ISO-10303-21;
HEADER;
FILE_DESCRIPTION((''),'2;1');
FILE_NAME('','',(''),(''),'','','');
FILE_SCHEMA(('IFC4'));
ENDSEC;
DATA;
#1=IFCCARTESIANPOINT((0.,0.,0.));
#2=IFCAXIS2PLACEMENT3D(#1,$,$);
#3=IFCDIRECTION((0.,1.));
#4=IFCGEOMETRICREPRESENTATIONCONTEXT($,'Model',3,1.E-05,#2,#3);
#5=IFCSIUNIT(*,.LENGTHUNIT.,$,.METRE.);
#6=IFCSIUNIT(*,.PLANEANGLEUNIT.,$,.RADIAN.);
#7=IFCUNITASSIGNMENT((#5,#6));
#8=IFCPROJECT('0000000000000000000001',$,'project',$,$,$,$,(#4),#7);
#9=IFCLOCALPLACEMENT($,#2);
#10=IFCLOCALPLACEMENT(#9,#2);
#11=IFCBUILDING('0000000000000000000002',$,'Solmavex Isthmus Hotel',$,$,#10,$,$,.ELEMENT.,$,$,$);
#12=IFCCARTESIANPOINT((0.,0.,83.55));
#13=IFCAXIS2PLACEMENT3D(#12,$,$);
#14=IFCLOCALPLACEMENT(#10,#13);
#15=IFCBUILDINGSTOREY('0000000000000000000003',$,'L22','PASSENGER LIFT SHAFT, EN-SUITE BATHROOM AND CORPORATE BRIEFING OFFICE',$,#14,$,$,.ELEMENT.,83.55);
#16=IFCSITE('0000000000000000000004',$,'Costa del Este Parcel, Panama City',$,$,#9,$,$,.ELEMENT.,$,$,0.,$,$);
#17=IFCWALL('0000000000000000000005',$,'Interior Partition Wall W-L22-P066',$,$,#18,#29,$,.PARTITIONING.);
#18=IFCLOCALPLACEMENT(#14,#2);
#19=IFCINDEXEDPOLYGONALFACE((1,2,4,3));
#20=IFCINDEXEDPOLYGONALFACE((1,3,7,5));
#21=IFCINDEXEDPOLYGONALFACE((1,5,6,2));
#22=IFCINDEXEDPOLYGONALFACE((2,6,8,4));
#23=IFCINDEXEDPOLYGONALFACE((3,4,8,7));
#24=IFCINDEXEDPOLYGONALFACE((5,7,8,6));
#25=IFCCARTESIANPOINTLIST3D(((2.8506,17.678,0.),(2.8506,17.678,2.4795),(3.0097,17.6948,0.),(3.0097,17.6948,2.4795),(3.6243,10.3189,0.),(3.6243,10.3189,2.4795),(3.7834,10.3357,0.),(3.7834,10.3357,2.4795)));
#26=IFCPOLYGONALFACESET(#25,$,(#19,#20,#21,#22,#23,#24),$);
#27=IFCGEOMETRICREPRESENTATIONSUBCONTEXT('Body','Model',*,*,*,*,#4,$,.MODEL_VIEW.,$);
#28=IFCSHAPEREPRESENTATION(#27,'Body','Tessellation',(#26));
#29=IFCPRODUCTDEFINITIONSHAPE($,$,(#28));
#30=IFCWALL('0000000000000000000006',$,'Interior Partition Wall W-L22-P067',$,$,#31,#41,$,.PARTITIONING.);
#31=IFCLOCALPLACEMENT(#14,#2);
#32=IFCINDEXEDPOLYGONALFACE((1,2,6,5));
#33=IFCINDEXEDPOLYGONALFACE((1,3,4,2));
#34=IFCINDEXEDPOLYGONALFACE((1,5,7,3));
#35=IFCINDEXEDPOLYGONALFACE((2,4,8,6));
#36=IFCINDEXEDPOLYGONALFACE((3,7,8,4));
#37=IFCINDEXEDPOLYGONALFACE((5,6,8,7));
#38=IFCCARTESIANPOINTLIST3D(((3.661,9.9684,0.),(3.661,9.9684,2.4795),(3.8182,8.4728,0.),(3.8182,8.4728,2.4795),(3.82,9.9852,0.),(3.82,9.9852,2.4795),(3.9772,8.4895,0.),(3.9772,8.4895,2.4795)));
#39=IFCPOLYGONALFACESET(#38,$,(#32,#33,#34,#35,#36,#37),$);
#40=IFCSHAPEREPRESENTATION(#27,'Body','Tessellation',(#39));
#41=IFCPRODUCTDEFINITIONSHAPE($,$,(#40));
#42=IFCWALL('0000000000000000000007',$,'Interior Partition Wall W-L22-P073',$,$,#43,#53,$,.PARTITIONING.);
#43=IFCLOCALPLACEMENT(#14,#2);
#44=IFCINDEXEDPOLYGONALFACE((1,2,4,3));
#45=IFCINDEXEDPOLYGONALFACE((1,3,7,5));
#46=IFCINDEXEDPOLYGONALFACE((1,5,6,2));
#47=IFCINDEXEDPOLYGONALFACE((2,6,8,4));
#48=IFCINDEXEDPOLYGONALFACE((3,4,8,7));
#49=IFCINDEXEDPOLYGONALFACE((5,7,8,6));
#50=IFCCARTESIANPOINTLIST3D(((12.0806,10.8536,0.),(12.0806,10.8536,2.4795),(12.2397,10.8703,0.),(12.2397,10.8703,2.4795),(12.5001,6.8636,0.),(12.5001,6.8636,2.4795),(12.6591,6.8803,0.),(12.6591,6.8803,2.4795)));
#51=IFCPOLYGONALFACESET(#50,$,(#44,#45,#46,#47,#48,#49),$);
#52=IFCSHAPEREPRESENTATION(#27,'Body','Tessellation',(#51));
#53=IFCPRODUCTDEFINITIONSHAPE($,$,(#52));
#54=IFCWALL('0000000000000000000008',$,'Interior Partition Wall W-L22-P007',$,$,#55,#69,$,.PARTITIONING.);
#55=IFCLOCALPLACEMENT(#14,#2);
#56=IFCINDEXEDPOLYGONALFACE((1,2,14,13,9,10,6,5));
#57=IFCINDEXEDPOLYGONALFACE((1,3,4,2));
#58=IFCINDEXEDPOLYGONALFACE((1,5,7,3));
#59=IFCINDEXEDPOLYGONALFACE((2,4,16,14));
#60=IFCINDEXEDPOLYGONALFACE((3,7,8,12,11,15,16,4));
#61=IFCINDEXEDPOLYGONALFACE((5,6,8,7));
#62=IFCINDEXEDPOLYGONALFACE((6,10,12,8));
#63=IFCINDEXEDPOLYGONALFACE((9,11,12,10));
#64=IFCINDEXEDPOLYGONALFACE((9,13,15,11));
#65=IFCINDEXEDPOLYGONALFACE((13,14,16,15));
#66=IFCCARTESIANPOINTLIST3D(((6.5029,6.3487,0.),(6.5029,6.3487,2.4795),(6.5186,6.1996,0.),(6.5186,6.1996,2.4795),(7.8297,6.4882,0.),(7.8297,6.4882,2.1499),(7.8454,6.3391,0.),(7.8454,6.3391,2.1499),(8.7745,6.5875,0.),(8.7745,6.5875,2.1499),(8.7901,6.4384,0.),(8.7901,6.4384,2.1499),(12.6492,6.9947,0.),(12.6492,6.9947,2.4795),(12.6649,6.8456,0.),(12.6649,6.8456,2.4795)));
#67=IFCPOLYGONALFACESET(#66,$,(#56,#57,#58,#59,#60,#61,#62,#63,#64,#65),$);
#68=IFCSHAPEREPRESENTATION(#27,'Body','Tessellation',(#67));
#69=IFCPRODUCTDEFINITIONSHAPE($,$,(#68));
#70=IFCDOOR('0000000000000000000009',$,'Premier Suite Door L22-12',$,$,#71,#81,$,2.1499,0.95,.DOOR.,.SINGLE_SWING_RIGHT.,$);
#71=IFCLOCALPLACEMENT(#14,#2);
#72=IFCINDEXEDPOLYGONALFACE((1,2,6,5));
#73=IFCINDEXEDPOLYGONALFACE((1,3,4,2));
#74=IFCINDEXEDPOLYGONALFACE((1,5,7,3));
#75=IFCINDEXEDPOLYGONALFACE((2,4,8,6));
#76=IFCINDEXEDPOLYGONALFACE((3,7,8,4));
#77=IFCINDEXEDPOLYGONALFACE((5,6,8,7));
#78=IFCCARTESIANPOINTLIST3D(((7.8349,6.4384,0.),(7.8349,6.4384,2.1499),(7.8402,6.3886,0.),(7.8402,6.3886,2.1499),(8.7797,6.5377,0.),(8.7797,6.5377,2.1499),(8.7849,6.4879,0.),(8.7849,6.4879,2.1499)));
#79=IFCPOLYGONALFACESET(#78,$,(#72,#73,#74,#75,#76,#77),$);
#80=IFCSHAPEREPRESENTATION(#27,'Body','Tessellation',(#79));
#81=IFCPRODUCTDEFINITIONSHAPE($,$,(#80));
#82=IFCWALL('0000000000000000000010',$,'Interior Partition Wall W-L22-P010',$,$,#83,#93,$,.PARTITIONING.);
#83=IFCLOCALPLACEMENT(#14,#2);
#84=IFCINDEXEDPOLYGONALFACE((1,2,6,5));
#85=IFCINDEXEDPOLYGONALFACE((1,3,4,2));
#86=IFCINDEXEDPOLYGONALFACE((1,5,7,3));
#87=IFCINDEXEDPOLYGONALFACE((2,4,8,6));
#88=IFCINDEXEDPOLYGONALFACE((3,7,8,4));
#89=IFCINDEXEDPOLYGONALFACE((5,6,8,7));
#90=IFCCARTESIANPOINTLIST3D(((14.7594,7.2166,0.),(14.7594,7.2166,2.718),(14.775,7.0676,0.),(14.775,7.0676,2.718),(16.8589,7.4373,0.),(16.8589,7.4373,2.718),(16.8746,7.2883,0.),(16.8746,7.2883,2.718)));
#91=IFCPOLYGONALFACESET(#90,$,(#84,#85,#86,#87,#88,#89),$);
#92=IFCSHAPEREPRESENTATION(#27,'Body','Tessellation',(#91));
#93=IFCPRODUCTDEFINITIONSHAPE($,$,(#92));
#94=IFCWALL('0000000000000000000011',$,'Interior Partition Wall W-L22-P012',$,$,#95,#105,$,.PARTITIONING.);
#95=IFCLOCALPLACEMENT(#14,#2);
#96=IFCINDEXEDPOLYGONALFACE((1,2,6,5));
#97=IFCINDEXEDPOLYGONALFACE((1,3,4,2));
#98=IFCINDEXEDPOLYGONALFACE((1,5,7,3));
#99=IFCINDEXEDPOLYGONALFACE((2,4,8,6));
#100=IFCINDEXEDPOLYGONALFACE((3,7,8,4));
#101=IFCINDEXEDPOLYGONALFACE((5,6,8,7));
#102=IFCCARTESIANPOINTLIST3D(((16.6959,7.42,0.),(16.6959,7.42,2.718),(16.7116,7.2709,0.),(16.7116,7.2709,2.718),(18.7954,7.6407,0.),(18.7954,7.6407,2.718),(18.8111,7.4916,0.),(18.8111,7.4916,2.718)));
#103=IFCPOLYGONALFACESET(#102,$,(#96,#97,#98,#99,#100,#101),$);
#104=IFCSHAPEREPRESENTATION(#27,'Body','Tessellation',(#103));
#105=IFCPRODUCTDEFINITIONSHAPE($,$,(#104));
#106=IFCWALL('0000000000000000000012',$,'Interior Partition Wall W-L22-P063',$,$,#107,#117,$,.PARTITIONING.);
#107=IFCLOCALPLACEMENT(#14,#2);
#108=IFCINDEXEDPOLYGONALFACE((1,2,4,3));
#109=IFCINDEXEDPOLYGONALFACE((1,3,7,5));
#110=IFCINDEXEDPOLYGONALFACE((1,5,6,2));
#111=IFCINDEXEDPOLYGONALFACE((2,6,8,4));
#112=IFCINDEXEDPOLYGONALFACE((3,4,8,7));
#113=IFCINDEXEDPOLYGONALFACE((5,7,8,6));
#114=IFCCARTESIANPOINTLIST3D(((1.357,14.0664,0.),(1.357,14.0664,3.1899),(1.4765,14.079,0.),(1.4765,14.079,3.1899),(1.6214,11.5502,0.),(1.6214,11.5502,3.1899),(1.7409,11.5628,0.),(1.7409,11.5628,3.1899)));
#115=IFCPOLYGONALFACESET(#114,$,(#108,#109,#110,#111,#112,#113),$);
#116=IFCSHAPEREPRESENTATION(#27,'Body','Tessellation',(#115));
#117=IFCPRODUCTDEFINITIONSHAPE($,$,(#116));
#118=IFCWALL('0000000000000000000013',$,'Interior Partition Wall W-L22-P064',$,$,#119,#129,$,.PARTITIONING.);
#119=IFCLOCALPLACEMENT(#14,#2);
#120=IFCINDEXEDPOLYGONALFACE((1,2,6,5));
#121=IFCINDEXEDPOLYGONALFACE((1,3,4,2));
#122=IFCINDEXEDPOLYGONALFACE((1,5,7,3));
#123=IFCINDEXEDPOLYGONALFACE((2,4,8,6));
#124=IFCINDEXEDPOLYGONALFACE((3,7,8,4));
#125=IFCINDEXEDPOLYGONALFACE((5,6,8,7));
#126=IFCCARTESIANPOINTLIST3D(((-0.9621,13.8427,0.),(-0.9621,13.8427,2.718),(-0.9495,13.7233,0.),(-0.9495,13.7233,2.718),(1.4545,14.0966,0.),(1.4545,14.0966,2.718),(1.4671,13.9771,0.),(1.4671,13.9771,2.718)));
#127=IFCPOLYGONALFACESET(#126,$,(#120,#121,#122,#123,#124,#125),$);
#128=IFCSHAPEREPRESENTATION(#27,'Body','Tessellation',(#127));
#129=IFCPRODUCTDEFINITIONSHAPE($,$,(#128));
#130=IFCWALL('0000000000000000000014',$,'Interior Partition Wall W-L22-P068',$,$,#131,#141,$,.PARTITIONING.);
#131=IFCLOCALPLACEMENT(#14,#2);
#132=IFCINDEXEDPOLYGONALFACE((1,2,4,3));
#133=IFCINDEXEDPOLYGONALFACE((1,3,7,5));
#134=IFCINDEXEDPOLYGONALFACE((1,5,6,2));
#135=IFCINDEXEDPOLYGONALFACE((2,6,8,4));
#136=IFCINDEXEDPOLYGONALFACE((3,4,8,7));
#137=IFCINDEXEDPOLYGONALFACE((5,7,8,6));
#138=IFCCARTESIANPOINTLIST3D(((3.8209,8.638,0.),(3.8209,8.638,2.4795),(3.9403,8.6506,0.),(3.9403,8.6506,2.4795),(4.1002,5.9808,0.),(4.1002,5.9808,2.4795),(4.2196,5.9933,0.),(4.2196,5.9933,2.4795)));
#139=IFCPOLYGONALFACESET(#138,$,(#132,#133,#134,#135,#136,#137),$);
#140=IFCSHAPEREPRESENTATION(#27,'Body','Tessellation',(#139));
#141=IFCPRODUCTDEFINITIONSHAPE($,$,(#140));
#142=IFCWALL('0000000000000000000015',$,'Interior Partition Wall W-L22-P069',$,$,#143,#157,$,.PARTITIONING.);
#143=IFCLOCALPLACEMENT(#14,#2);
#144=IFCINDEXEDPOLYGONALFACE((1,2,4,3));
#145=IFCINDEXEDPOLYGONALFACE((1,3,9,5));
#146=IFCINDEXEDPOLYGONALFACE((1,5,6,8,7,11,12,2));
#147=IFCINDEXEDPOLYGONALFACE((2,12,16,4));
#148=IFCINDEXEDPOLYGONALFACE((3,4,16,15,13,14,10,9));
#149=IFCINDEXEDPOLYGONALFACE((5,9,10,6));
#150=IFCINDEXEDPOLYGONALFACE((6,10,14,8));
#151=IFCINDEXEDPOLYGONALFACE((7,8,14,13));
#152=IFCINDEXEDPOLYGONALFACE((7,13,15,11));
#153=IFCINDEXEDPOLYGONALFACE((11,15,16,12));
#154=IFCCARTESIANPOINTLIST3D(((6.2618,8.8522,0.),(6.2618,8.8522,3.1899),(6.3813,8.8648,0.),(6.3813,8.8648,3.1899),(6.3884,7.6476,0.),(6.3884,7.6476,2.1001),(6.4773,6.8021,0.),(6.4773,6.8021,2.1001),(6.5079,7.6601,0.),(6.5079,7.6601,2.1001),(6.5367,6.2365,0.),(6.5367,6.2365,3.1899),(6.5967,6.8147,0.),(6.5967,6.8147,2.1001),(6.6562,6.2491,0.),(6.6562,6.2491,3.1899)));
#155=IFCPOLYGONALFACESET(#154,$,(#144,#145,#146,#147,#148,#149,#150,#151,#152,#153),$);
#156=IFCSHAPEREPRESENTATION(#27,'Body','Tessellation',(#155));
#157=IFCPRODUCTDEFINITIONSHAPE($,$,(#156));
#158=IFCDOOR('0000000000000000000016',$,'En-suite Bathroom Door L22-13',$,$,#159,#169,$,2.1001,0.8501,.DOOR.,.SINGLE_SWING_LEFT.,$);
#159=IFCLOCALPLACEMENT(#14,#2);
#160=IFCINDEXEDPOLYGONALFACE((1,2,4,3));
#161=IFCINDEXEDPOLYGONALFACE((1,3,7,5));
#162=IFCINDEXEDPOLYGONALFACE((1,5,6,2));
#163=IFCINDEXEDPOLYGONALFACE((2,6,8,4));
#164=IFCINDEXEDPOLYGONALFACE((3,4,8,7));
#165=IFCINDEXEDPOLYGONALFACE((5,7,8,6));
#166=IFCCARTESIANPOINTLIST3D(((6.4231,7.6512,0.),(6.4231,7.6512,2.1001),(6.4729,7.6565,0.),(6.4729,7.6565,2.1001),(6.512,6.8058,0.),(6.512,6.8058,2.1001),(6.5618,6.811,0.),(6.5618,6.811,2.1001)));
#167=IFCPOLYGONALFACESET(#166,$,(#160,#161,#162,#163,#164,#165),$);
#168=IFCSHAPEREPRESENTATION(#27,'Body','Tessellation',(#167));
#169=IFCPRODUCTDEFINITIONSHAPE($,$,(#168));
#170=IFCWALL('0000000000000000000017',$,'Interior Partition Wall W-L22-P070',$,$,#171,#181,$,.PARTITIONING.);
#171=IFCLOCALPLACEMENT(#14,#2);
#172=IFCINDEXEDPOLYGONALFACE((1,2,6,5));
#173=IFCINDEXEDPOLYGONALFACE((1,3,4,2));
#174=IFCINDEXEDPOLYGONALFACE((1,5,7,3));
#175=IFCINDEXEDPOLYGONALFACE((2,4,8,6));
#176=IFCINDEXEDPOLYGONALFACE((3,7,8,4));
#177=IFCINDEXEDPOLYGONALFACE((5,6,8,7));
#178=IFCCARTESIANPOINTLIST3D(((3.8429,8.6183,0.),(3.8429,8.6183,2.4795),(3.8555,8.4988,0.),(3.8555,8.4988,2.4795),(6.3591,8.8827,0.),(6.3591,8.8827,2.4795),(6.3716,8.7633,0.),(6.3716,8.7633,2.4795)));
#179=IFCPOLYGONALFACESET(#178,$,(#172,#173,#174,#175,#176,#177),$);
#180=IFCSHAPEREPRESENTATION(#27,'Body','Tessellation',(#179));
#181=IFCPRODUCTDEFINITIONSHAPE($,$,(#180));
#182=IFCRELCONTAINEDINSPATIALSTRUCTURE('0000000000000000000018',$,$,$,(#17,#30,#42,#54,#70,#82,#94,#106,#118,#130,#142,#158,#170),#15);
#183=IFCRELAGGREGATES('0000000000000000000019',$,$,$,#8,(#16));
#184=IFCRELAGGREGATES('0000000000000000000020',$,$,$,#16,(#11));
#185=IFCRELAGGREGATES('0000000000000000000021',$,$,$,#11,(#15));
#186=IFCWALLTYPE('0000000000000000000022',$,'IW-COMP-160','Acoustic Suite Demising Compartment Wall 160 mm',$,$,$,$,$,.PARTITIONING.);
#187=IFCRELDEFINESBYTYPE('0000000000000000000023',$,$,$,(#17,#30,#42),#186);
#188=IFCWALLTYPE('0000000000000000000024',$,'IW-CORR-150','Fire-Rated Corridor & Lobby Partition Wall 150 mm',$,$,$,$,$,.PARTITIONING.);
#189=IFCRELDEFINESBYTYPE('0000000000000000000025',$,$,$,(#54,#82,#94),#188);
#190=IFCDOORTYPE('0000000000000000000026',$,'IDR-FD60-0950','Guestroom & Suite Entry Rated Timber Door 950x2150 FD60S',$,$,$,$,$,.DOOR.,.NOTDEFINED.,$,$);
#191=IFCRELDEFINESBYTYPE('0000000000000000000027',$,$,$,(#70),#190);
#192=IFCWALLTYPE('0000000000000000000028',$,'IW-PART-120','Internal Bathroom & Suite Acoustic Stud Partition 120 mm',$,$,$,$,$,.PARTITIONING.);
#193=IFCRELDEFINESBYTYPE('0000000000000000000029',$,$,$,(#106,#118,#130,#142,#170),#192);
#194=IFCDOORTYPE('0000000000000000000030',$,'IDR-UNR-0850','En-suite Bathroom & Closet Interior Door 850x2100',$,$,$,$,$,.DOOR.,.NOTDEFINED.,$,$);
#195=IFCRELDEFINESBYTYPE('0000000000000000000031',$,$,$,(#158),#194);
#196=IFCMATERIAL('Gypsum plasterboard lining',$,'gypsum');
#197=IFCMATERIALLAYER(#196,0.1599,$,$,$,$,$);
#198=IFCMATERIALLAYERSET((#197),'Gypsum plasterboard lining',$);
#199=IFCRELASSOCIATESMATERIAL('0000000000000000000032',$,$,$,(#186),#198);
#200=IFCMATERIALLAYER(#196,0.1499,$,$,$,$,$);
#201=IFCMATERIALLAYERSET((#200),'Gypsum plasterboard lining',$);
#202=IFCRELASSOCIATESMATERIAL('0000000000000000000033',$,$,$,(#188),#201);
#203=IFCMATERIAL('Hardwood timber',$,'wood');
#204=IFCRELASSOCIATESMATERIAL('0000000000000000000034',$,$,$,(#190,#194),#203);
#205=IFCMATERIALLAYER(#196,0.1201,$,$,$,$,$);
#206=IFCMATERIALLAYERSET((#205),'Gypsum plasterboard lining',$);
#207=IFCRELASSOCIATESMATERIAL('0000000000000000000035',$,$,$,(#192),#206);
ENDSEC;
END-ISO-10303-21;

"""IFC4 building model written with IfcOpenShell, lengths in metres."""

from ifc_helpers import new_model, si_unit, direction, frame, frame_2d, origin, place, context, subcontext, project, spatial, rectangle, extrude, material, layer, layer_set, type_object, element, fill, save


model = new_model("IFC4")

# Units and contexts
model_context = context("Model", 3, precision=1e-05, world=origin(), true_north=direction((0.0, 1.0)))
body_context = subcontext(model_context, "Body", "Model", "MODEL_VIEW")
ifc_project = project(units=[si_unit("LENGTHUNIT", "METRE"), si_unit("PLANEANGLEUNIT", "RADIAN")], contexts=[model_context])

# Site, building, storey
site_placement = place(None, origin())
site = spatial("IfcSite", under=ifc_project, at=site_placement, Name="Costa del Este Parcel, Panama City", CompositionType="ELEMENT", RefElevation=0.0)
building_placement = place(site_placement, origin())
building = spatial("IfcBuilding", under=site, at=building_placement, Name="Solmavex Isthmus Hotel", CompositionType="ELEMENT")
storey_placement = place(building_placement, frame((0.0, 0.0, 83.55)))
storey = spatial("IfcBuildingStorey", under=building, at=storey_placement, Name="L22", Description="PASSENGER LIFT SHAFT, EN-SUITE BATHROOM AND CORPORATE BRIEFING OFFICE", CompositionType="ELEMENT", Elevation=83.55)

# Walls
ifc_material_1 = material(Name="Gypsum plasterboard lining", Category="gypsum")
ifc_layer_1 = layer(ifc_material_1, 0.1599)
ifc_layer_set_1 = layer_set([ifc_layer_1], Name="Gypsum plasterboard lining")
wall_type_1 = type_object("IfcWallType", Name="IW-COMP-160", Description="Acoustic Suite Demising Compartment Wall 160 mm", PredefinedType="PARTITIONING", material=ifc_layer_set_1)
wall_1_placement = place(storey_placement, frame((2.9302, 17.6863, 0.0), z_axis=(0.0, 0.0, 1.0), x_axis=(0.104556, -0.994519, 0.0)))
element("IfcWall", 1, at=wall_1_placement, inside=storey, type_object=wall_type_1, Name="Interior Partition Wall W-L22-P066", PredefinedType="PARTITIONING", context=body_context, shape_type="SweptSolid", body=[
    extrude(rectangle(XDim=7.3997, YDim=0.1599, at=frame_2d((3.6997, 0.0))), origin(), (0.0, 0.0, 1.0), 2.4795),
])
wall_2_placement = place(storey_placement, frame((3.7405, 9.9768, 0.0), z_axis=(0.0, 0.0, 1.0), x_axis=(0.10455, -0.99452, 0.0)))
element("IfcWall", 2, at=wall_2_placement, inside=storey, type_object=wall_type_1, Name="Interior Partition Wall W-L22-P067", PredefinedType="PARTITIONING", context=body_context, shape_type="SweptSolid", body=[
    extrude(rectangle(XDim=1.5039, YDim=0.1599, at=frame_2d((0.752, 0.0))), origin(), (0.0, 0.0, 1.0), 2.4795),
])
wall_3_placement = place(storey_placement, frame((12.1602, 10.8618, 0.0), z_axis=(0.0, 0.0, 1.0), x_axis=(0.104545, -0.99452, 0.0)))
element("IfcWall", 3, at=wall_3_placement, inside=storey, type_object=wall_type_1, Name="Interior Partition Wall W-L22-P073", PredefinedType="PARTITIONING", context=body_context, shape_type="SweptSolid", body=[
    extrude(rectangle(XDim=4.012, YDim=0.1599, at=frame_2d((2.0059, 0.0))), origin(), (0.0, 0.0, 1.0), 2.4795),
])

# Wall, opening, door
ifc_layer_2 = layer(ifc_material_1, 0.1499)
ifc_layer_set_2 = layer_set([ifc_layer_2], Name="Gypsum plasterboard lining")
wall_type_2 = type_object("IfcWallType", Name="IW-CORR-150", Description="Fire-Rated Corridor & Lobby Partition Wall 150 mm", PredefinedType="PARTITIONING", material=ifc_layer_set_2)
wall_4_placement = place(storey_placement, frame((6.5107, 6.2742, 0.0), z_axis=(0.0, 0.0, 1.0), x_axis=(0.994522, 0.104528, 0.0)))
wall_4 = element("IfcWall", 4, at=wall_4_placement, inside=storey, type_object=wall_type_2, Name="Interior Partition Wall W-L22-P007", PredefinedType="PARTITIONING", context=body_context, shape_type="SweptSolid", body=[
    extrude(rectangle(XDim=6.1802, YDim=0.1499, at=frame_2d((3.0901, 0.0))), origin(), (0.0, 0.0, 1.0), 2.4795),
])
opening_1_placement = place(wall_4_placement, frame((1.334, 0.0, 0.0)))
opening_1 = element("IfcOpeningElement", 5, at=opening_1_placement, cuts=wall_4, PredefinedType="OPENING", context=body_context, shape_type="SweptSolid", body=[
    extrude(rectangle(XDim=0.95, YDim=2.1499, at=frame_2d((0.4751, 1.075))), frame((0.0, 0.085, 0.0), z_axis=(0.0, -1.0, 0.0), x_axis=(1.0, 0.0, 0.0)), (0.0, 0.0, 1.0), 0.1699),
])
ifc_material_2 = material(Name="Hardwood timber", Category="wood")
door_type_1 = type_object("IfcDoorType", Name="IDR-FD60-0950", Description="Guestroom & Suite Entry Rated Timber Door 950x2150 FD60S", OperationType="NOTDEFINED", PredefinedType="DOOR", material=ifc_material_2)
door_1_placement = place(opening_1_placement, origin())
door_1 = element("IfcDoor", 6, at=door_1_placement, inside=storey, type_object=door_type_1, Name="Premier Suite Door L22-12", OperationType="SINGLE_SWING_RIGHT", OverallHeight=2.1499, OverallWidth=0.95, PredefinedType="DOOR", context=body_context, shape_type="SweptSolid", body=[
    extrude(rectangle(XDim=0.95, YDim=2.1499, at=frame_2d((0.4751, 1.075))), frame((0.0, 0.0249, 0.0), z_axis=(0.0, -1.0, 0.0), x_axis=(1.0, 0.0, 0.0)), (0.0, 0.0, 1.0), 0.05),
])
fill(opening_1, door_1)

# Walls
for number, where, z_axis, x_axis, name in (
    (7, (14.7671, 7.1421, 0.0), (0.0, 0.0, 1.0), (0.994521, 0.10454, 0.0), "Interior Partition Wall W-L22-P010"),
    (8, (16.7036, 7.3455, 0.0), (0.0, 0.0, 1.0), (0.994521, 0.10454, 0.0), "Interior Partition Wall W-L22-P012"),
):
    element("IfcWall", number, at=place(storey_placement, frame(where, z_axis=z_axis, x_axis=x_axis)), inside=storey, type_object=wall_type_2, Name=name, PredefinedType="PARTITIONING", context=body_context, shape_type="SweptSolid", body=[
        extrude(rectangle(XDim=2.1111, YDim=0.1499, at=frame_2d((1.0557, 0.0))), origin(), (0.0, 0.0, 1.0), 2.718),
    ])
ifc_layer_3 = layer(ifc_material_1, 0.1201)
ifc_layer_set_3 = layer_set([ifc_layer_3], Name="Gypsum plasterboard lining")
wall_type_3 = type_object("IfcWallType", Name="IW-PART-120", Description="Internal Bathroom & Suite Acoustic Stud Partition 120 mm", PredefinedType="PARTITIONING", material=ifc_layer_set_3)
wall_5_placement = place(storey_placement, frame((1.6812, 11.5564, 0.0), z_axis=(0.0, 0.0, 1.0), x_axis=(-0.104509, 0.994524, 0.0)))
element("IfcWall", 9, at=wall_5_placement, inside=storey, type_object=wall_type_3, Name="Interior Partition Wall W-L22-P063", PredefinedType="PARTITIONING", context=body_context, shape_type="SweptSolid", body=[
    extrude(rectangle(XDim=2.53, YDim=0.1201, at=frame_2d((1.2651, 0.0))), origin(), (0.0, 0.0, 1.0), 3.1899),
])
wall_6_placement = place(storey_placement, frame((1.4607, 14.0369, 0.0), z_axis=(0.0, 0.0, 1.0), x_axis=(-0.994526, -0.104486, 0.0)))
element("IfcWall", 10, at=wall_6_placement, inside=storey, type_object=wall_type_3, Name="Interior Partition Wall W-L22-P064", PredefinedType="PARTITIONING", context=body_context, shape_type="SweptSolid", body=[
    extrude(rectangle(XDim=2.4299, YDim=0.1201, at=frame_2d((1.2148, 0.0))), origin(), (0.0, 0.0, 1.0), 2.718),
])
wall_7_placement = place(storey_placement, frame((3.8806, 8.6443, 0.0), z_axis=(0.0, 0.0, 1.0), x_axis=(0.104533, -0.994521, 0.0)))
element("IfcWall", 11, at=wall_7_placement, inside=storey, type_object=wall_type_3, Name="Interior Partition Wall W-L22-P068", PredefinedType="PARTITIONING", context=body_context, shape_type="SweptSolid", body=[
    extrude(rectangle(XDim=2.6719, YDim=0.1201, at=frame_2d((1.3359, 0.0))), origin(), (0.0, 0.0, 1.0), 2.4795),
])

# Wall, opening, door
wall_8_placement = place(storey_placement, frame((6.5964, 6.2429, 0.0), z_axis=(0.0, 0.0, 1.0), x_axis=(-0.10452, 0.994523, 0.0)))
wall_8 = element("IfcWall", 12, at=wall_8_placement, inside=storey, type_object=wall_type_3, Name="Interior Partition Wall W-L22-P069", PredefinedType="PARTITIONING", context=body_context, shape_type="SweptSolid", body=[
    extrude(rectangle(XDim=2.6301, YDim=0.1201, at=frame_2d((1.3149, 0.0))), origin(), (0.0, 0.0, 1.0), 3.1899),
])
opening_2_placement = place(wall_8_placement, frame((0.5686, 0.0, 0.0)))
opening_2 = element("IfcOpeningElement", 13, at=opening_2_placement, cuts=wall_8, PredefinedType="OPENING", context=body_context, shape_type="SweptSolid", body=[
    extrude(rectangle(XDim=0.8501, YDim=2.1001, at=frame_2d((0.425, 1.05))), frame((0.0, 0.0701, 0.0), z_axis=(0.0, -1.0, 0.0), x_axis=(1.0, 0.0, 0.0)), (0.0, 0.0, 1.0), 0.1401),
])
door_type_2 = type_object("IfcDoorType", Name="IDR-UNR-0850", Description="En-suite Bathroom & Closet Interior Door 850x2100", OperationType="NOTDEFINED", PredefinedType="DOOR", material=ifc_material_2)
door_2_placement = place(opening_2_placement, frame((0.8501, 0.0, 0.0), z_axis=(0.0, 0.0, 1.0), x_axis=(-1.0, 0.0, 0.0)))
door_2 = element("IfcDoor", 14, at=door_2_placement, inside=storey, type_object=door_type_2, Name="En-suite Bathroom Door L22-13", OperationType="SINGLE_SWING_LEFT", OverallHeight=2.1001, OverallWidth=0.8501, PredefinedType="DOOR", context=body_context, shape_type="SweptSolid", body=[
    extrude(rectangle(XDim=0.8501, YDim=2.1001, at=frame_2d((0.425, 1.05))), frame((0.0, 0.0249, 0.0), z_axis=(0.0, -1.0, 0.0), x_axis=(1.0, 0.0, 0.0)), (0.0, 0.0, 1.0), 0.05),
])
fill(opening_2, door_2)

# Wall
wall_9_placement = place(storey_placement, frame((6.3655, 8.823, 0.0), z_axis=(0.0, 0.0, 1.0), x_axis=(-0.994524, -0.104509, 0.0)))
element("IfcWall", 15, at=wall_9_placement, inside=storey, type_object=wall_type_3, Name="Interior Partition Wall W-L22-P070", PredefinedType="PARTITIONING", context=body_context, shape_type="SweptSolid", body=[
    extrude(rectangle(XDim=2.53, YDim=0.1201, at=frame_2d((1.2651, 0.0))), origin(), (0.0, 0.0, 1.0), 2.4795),
])

save(model, "model.ifc")
